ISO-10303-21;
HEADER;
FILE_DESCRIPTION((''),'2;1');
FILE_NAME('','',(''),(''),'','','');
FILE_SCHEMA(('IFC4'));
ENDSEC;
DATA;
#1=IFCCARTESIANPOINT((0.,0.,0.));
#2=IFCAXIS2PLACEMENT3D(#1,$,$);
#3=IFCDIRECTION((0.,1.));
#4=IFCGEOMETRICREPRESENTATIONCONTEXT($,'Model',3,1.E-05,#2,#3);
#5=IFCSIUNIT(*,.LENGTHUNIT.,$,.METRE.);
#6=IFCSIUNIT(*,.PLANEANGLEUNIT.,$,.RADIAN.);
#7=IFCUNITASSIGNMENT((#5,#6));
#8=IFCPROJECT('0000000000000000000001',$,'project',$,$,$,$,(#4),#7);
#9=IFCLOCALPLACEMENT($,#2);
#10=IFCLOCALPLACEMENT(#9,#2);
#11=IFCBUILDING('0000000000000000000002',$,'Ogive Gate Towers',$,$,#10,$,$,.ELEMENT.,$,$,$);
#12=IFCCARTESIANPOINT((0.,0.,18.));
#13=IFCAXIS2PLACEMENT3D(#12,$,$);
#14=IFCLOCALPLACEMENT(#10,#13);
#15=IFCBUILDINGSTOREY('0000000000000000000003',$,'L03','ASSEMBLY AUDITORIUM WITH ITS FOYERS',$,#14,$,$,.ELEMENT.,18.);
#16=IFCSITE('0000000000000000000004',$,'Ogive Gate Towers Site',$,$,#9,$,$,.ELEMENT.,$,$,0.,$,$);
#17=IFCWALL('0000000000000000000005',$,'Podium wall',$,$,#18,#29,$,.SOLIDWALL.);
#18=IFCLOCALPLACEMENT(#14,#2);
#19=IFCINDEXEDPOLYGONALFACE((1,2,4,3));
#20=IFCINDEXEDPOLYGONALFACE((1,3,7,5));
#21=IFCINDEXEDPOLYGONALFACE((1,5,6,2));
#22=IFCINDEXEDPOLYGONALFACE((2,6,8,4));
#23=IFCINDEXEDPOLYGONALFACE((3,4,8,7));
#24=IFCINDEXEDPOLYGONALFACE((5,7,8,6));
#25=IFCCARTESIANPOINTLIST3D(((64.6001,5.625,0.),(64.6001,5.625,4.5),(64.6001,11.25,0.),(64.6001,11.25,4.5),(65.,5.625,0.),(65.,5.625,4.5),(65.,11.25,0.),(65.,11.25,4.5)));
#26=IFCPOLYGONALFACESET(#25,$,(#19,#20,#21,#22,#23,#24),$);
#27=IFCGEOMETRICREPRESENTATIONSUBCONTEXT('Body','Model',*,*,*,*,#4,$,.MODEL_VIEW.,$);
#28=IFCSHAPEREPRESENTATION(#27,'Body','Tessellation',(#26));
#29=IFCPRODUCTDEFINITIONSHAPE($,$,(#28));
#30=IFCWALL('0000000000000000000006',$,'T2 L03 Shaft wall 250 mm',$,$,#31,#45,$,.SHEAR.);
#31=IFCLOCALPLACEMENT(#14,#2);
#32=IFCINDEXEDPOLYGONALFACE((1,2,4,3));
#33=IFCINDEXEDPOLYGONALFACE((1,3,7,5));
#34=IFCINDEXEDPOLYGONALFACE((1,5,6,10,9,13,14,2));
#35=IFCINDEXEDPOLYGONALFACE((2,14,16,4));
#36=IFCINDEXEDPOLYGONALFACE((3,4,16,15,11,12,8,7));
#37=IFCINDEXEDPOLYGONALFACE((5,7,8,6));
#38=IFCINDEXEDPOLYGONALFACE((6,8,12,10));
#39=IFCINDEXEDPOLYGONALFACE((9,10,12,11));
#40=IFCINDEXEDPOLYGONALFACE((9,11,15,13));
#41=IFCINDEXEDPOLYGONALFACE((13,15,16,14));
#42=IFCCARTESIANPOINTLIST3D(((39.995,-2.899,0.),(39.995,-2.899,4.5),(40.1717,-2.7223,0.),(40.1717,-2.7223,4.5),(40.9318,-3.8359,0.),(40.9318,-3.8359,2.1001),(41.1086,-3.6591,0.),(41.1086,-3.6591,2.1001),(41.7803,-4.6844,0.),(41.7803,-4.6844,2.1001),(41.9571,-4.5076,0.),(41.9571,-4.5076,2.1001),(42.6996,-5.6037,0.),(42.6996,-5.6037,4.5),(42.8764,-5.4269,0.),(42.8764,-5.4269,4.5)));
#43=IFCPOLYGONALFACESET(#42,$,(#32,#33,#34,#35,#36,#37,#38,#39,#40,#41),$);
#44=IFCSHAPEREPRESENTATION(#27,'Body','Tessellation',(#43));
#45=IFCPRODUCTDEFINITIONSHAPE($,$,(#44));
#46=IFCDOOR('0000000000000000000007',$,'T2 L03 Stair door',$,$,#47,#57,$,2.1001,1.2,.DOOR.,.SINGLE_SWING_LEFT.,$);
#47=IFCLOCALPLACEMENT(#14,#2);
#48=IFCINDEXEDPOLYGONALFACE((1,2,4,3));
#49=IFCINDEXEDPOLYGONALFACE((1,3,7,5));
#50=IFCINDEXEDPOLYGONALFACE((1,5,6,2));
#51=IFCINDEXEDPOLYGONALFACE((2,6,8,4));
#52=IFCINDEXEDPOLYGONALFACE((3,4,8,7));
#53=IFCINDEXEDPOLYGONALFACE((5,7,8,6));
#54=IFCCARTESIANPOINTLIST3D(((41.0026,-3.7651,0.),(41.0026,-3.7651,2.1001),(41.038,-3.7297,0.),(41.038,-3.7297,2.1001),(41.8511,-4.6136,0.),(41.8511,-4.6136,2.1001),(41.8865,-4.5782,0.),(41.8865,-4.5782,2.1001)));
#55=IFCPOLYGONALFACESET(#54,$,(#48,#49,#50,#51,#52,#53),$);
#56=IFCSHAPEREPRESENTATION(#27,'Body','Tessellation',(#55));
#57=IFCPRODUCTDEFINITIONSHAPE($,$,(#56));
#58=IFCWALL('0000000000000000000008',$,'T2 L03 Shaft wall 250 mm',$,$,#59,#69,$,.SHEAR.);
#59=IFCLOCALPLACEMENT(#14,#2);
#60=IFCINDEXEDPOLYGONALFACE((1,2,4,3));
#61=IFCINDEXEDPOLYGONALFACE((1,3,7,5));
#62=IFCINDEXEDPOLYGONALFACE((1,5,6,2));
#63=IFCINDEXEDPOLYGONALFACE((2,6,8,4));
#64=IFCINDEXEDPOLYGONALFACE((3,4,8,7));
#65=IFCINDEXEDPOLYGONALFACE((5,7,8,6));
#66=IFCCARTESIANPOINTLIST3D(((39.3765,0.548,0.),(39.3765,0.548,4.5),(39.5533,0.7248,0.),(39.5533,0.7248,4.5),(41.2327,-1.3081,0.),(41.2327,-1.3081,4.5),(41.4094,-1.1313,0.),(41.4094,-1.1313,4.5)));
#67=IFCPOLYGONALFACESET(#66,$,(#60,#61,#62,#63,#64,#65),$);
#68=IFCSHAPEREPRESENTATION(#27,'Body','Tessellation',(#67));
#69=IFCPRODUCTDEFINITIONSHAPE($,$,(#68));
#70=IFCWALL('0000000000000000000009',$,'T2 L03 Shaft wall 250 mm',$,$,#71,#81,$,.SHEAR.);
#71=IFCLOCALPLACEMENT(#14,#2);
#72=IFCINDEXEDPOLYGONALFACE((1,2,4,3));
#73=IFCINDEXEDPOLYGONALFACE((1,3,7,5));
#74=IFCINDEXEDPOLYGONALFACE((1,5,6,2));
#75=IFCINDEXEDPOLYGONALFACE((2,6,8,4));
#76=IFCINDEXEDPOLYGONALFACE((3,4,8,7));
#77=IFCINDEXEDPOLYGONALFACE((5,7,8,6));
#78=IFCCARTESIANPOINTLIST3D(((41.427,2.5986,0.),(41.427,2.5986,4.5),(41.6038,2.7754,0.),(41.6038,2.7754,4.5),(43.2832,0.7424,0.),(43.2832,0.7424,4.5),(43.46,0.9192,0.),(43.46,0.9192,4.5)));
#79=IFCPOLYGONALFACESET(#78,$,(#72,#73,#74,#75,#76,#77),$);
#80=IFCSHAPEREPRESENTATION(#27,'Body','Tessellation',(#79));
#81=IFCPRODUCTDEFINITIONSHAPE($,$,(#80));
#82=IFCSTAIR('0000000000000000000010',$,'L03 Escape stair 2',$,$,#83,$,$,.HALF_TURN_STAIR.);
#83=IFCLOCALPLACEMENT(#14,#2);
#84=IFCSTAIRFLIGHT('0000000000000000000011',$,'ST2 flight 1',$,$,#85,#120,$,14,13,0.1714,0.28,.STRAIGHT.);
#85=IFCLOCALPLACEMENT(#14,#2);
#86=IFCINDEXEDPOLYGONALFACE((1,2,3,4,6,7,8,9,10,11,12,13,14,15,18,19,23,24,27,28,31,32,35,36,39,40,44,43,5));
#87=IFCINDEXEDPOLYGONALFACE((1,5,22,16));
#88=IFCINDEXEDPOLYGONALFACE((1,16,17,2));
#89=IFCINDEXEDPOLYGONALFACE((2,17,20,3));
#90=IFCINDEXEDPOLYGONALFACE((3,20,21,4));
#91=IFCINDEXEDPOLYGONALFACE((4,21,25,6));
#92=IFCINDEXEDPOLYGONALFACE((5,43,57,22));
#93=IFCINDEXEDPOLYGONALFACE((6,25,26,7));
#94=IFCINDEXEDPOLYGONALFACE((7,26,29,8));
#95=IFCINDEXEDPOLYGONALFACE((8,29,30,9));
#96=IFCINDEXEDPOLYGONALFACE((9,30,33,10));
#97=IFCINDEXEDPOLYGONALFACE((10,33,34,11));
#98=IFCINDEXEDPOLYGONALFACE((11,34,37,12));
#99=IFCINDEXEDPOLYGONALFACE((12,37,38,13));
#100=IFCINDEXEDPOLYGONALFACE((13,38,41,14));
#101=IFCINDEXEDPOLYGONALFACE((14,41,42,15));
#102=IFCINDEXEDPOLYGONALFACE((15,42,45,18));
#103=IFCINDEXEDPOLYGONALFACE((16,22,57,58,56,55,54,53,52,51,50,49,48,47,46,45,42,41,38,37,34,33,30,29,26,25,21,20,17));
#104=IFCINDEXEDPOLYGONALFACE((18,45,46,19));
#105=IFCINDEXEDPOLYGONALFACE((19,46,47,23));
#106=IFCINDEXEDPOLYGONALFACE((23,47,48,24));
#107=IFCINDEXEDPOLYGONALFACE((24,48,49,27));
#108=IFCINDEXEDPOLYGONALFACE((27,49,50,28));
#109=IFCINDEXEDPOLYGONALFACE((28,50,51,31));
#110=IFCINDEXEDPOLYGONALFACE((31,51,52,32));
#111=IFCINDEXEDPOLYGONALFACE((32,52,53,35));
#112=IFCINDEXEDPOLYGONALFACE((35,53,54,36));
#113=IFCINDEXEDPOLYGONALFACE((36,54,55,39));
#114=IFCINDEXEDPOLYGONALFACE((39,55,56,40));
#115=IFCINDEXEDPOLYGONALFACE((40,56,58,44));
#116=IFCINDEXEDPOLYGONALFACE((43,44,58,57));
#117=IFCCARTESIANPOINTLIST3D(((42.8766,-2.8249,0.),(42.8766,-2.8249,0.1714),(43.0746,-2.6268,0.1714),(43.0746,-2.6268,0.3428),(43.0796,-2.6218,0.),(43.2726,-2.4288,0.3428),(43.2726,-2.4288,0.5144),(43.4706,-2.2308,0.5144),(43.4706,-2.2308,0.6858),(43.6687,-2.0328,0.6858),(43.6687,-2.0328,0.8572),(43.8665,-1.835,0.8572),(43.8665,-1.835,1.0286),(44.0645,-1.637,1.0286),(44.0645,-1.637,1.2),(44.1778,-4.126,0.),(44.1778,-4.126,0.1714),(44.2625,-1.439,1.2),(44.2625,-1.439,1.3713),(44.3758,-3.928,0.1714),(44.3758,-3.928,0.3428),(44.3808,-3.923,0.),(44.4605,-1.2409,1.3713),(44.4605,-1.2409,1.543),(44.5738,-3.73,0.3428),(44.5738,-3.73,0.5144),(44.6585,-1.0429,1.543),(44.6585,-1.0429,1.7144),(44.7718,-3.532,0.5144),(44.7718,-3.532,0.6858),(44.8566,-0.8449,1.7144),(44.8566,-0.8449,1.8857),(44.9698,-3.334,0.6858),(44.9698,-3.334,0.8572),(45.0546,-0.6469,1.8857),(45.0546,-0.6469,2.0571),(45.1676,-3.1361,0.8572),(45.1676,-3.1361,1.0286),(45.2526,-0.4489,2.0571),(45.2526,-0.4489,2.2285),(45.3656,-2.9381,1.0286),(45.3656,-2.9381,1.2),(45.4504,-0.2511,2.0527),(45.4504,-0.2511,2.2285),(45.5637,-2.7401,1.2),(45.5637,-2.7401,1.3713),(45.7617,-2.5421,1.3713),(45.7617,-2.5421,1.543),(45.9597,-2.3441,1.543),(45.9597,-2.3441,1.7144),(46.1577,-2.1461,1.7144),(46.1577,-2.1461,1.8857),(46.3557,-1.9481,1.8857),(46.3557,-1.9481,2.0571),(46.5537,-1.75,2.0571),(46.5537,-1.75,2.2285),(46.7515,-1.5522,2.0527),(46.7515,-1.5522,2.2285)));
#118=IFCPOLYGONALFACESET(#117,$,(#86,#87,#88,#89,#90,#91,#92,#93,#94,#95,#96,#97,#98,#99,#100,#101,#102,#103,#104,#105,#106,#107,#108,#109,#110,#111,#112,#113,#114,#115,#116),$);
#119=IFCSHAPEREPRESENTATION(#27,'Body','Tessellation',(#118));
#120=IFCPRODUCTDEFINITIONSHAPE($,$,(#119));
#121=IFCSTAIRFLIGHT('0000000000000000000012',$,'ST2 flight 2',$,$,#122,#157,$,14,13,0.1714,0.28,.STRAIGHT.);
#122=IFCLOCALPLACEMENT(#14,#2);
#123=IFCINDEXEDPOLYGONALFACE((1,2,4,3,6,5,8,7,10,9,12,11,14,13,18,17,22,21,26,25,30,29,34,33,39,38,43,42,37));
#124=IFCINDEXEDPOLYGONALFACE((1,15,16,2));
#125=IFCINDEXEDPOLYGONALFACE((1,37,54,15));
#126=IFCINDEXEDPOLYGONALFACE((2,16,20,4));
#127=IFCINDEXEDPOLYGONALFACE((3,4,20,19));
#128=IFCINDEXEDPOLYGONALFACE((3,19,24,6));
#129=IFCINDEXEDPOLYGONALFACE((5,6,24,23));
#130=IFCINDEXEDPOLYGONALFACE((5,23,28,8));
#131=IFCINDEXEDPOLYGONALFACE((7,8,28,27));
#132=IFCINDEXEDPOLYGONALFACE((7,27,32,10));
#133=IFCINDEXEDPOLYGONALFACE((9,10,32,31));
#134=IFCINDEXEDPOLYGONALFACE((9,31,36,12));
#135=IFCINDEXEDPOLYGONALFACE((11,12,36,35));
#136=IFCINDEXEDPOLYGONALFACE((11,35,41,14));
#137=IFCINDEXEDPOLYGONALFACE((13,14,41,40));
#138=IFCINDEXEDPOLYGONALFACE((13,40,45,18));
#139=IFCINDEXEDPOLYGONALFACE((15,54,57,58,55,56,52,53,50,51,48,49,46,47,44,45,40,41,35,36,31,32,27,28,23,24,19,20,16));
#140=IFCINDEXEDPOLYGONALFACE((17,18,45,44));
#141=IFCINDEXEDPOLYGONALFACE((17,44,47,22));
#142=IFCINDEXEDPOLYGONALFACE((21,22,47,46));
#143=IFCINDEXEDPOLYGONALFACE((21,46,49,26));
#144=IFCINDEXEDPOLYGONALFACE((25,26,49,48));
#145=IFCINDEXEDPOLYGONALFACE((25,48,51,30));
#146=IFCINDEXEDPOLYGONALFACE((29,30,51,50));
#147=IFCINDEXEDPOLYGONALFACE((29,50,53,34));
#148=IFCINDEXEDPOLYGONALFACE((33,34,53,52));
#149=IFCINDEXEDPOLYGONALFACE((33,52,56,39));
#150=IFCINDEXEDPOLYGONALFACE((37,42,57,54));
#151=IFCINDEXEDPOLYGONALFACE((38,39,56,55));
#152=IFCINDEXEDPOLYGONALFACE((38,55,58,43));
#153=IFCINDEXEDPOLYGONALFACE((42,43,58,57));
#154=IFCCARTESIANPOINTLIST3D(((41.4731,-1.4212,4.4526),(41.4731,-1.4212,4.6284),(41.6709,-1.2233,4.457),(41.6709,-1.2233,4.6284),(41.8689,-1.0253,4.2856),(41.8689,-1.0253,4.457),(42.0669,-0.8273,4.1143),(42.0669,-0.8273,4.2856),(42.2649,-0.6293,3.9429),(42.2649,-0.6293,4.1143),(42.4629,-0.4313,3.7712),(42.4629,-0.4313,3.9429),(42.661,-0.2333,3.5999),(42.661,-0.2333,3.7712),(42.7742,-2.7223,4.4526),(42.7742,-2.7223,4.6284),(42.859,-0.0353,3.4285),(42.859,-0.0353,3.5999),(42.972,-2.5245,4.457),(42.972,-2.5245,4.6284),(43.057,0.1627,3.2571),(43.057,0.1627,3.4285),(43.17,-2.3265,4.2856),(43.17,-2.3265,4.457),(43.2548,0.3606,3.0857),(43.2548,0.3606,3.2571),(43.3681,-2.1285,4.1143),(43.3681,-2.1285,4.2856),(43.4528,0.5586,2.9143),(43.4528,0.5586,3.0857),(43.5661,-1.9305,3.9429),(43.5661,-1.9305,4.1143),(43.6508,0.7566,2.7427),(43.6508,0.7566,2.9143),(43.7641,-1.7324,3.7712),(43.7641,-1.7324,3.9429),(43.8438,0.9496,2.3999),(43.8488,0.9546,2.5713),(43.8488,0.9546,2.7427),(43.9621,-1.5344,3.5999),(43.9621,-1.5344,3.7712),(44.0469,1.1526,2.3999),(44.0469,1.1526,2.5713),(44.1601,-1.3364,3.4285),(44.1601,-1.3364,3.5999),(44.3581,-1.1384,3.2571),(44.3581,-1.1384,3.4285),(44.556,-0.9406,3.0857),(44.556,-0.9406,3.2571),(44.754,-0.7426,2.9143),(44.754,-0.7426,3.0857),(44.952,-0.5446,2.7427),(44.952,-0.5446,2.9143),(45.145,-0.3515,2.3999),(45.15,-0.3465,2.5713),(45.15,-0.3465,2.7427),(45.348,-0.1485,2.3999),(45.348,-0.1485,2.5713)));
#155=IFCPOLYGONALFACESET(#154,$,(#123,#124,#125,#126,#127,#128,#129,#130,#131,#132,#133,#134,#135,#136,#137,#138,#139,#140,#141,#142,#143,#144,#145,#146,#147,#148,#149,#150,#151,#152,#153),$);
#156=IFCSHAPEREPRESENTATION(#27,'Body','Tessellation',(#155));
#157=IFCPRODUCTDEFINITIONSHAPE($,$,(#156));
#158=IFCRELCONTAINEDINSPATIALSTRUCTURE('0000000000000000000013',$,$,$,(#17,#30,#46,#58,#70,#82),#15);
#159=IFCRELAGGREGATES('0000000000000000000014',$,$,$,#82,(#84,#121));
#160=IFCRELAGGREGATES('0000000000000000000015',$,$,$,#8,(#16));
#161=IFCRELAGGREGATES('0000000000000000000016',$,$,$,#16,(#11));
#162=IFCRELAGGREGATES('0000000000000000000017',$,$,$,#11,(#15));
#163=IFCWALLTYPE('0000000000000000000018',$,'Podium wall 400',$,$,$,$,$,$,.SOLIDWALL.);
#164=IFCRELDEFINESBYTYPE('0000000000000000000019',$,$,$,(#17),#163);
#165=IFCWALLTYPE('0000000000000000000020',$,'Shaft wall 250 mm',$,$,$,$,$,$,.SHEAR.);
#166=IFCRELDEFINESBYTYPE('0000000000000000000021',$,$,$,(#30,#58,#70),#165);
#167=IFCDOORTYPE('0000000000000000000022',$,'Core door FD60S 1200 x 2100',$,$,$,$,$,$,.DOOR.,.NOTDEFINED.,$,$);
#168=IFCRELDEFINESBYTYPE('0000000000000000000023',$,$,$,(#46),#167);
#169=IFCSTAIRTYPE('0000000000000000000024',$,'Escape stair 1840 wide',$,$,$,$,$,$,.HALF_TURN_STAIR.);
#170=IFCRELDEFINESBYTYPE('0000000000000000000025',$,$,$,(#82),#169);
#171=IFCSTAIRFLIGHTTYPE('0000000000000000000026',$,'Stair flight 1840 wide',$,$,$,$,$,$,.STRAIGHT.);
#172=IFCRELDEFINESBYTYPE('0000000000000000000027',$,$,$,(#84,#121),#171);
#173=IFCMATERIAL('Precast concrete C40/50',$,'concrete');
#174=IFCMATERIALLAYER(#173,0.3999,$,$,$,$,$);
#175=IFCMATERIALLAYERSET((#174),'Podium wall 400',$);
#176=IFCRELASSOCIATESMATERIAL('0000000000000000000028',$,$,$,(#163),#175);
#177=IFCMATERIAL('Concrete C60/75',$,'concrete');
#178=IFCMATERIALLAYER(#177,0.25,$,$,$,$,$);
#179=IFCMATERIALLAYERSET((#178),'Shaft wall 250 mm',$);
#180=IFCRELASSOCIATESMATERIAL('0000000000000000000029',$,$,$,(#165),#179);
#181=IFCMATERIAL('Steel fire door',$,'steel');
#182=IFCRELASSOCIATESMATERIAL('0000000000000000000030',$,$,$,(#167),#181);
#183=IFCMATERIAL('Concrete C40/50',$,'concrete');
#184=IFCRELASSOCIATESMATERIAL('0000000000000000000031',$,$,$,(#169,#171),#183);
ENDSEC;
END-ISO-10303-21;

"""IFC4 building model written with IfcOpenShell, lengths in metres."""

from ifc_helpers import new_model, si_unit, direction, frame, frame_2d, origin, place, context, subcontext, project, spatial, polyline, rectangle, outline, extrude, material, layer, layer_set, type_object, element, fill, aggregate, save


model = new_model("IFC4")

# Units and contexts
model_context = context("Model", 3, precision=1e-05, world=origin(), true_north=direction((0.0, 1.0)))
body_context = subcontext(model_context, "Body", "Model", "MODEL_VIEW")
ifc_project = project(units=[si_unit("LENGTHUNIT", "METRE"), si_unit("PLANEANGLEUNIT", "RADIAN")], contexts=[model_context])

# Site, building, storey
site_placement = place(None, origin())
site = spatial("IfcSite", under=ifc_project, at=site_placement, Name="Ogive Gate Towers Site", CompositionType="ELEMENT", RefElevation=0.0)
building_placement = place(site_placement, origin())
building = spatial("IfcBuilding", under=site, at=building_placement, Name="Ogive Gate Towers", CompositionType="ELEMENT")
storey_placement = place(building_placement, frame((0.0, 0.0, 18.0)))
storey = spatial("IfcBuildingStorey", under=building, at=storey_placement, Name="L03", Description="ASSEMBLY AUDITORIUM WITH ITS FOYERS", CompositionType="ELEMENT", Elevation=18.0)

# Shared definitions
ifc_material_1 = material(Name="Concrete C40/50", Category="concrete")

# Shared definitions
ifc_material_2 = material(Name="Concrete C60/75", Category="concrete")
ifc_material_3 = material(Name="Steel fire door", Category="steel")

# Shared definitions
ifc_material_4 = material(Name="Precast concrete C40/50", Category="concrete")
ifc_layer_1 = layer(ifc_material_4, 0.3999)
ifc_layer_set_1 = layer_set([ifc_layer_1], Name="Podium wall 400")
wall_type_1 = type_object("IfcWallType", Name="Podium wall 400", PredefinedType="SOLIDWALL", material=ifc_layer_set_1)

# Wall
wall_1_placement = place(storey_placement, frame((64.8, 5.625, 0.0), z_axis=(0.0, 0.0, 1.0), x_axis=(0.0, 1.0, 0.0)))
element("IfcWall", 1, at=wall_1_placement, inside=storey, type_object=wall_type_1, Name="Podium wall", PredefinedType="SOLIDWALL", context=body_context, shape_type="SweptSolid", body=[
    extrude(rectangle(XDim=5.625, YDim=0.3999, at=frame_2d((2.8125, 0.0))), origin(), (0.0, 0.0, 1.0), 4.5),
])

# Wall, opening, door
ifc_layer_2 = layer(ifc_material_2, 0.25)
ifc_layer_set_2 = layer_set([ifc_layer_2], Name="Shaft wall 250 mm")
wall_type_2 = type_object("IfcWallType", Name="Shaft wall 250 mm", PredefinedType="SHEAR", material=ifc_layer_set_2)
wall_2_placement = place(storey_placement, frame((42.7881, -5.5154, 0.0), z_axis=(0.0, 0.0, 1.0), x_axis=(-0.707107, 0.707107, 0.0)))
wall_2 = element("IfcWall", 2, at=wall_2_placement, inside=storey, type_object=wall_type_2, Name="T2 L03 Shaft wall 250 mm", PredefinedType="SHEAR", context=body_context, shape_type="SweptSolid", body=[
    extrude(rectangle(XDim=3.825, YDim=0.25, at=frame_2d((1.9126, 0.0))), origin(), (0.0, 0.0, 1.0), 4.5),
])
opening_1_placement = place(wall_2_placement, frame((1.3, 0.0, 0.0)))
opening_1 = element("IfcOpeningElement", 3, at=opening_1_placement, cuts=wall_2, PredefinedType="OPENING", context=body_context, shape_type="SweptSolid", body=[
    extrude(rectangle(XDim=1.2, YDim=2.1001, at=frame_2d((0.6001, 1.05))), frame((0.0, 0.135, 0.0), z_axis=(0.0, -1.0, 0.0), x_axis=(1.0, 0.0, 0.0)), (0.0, 0.0, 1.0), 0.27),
])
door_type_1 = type_object("IfcDoorType", Name="Core door FD60S 1200 x 2100", OperationType="NOTDEFINED", PredefinedType="DOOR", material=ifc_material_3)
door_1_placement = place(opening_1_placement, origin())
door_1 = element("IfcDoor", 4, at=door_1_placement, inside=storey, type_object=door_type_1, Name="T2 L03 Stair door", OperationType="SINGLE_SWING_LEFT", OverallHeight=2.1001, OverallWidth=1.2, PredefinedType="DOOR", context=body_context, shape_type="SweptSolid", body=[
    extrude(rectangle(XDim=1.2, YDim=2.1001, at=frame_2d((0.6001, 1.05))), frame((0.0, 0.0249, 0.0), z_axis=(0.0, -1.0, 0.0), x_axis=(1.0, 0.0, 0.0)), (0.0, 0.0, 1.0), 0.05),
])
fill(opening_1, door_1)

# Walls
for number, where, z_axis, x_axis, name in (
    (5, (41.321, -1.2197, 0.0), (0.0, 0.0, 1.0), (-0.707107, 0.707107, 0.0), "T2 L03 Shaft wall 250 mm"),
    (6, (43.3716, 0.8308, 0.0), (0.0, 0.0, 1.0), (-0.707107, 0.707107, 0.0), "T2 L03 Shaft wall 250 mm"),
):
    element("IfcWall", number, at=place(storey_placement, frame(where, z_axis=z_axis, x_axis=x_axis)), inside=storey, type_object=wall_type_2, Name=name, PredefinedType="SHEAR", context=body_context, shape_type="SweptSolid", body=[
        extrude(rectangle(XDim=2.625, YDim=0.25, at=frame_2d((1.3125, 0.0))), origin(), (0.0, 0.0, 1.0), 4.5),
    ])

# Stair, stair flights
stair_type = type_object("IfcStairType", Name="Escape stair 1840 wide", PredefinedType="HALF_TURN_STAIR", material=ifc_material_1)
stair_placement = place(storey_placement, origin())
stair = element("IfcStair", 7, at=stair_placement, inside=storey, type_object=stair_type, Name="L03 Escape stair 2", PredefinedType="HALF_TURN_STAIR")
stair_flight_type = type_object("IfcStairFlightType", Name="Stair flight 1840 wide", PredefinedType="STRAIGHT", material=ifc_material_1)
stair_flight_1_placement = place(storey_placement, frame((43.5271, -3.4753, 0.0), z_axis=(0.0, 0.0, 1.0), x_axis=(0.707107, 0.707107, 0.0)))
stair_flight_1 = element("IfcStairFlight", 8, at=stair_flight_1_placement, type_object=stair_flight_type, Name="ST2 flight 1", NumberOfRisers=14, NumberOfTreads=13, PredefinedType="STRAIGHT", RiserHeight=0.1714, TreadLength=0.28, context=body_context, shape_type="SweptSolid", body=[
    extrude(outline(polyline([(0.0, 0.0), (0.0, 0.1714), (0.28, 0.1714), (0.28, 0.3428), (0.5601, 0.3428), (0.5601, 0.5144), (0.8401, 0.5144), (0.8401, 0.6858), (1.1201, 0.6858), (1.1201, 0.8572), (1.3999, 0.8572), (1.3999, 1.0286), (1.6799, 1.0286), (1.6799, 1.2), (1.96, 1.2), (1.96, 1.3713), (2.24, 1.3713), (2.24, 1.543), (2.52, 1.543), (2.52, 1.7144), (2.8, 1.7144), (2.8, 1.8857), (3.0801, 1.8857), (3.0801, 2.0571), (3.3601, 2.0571), (3.3601, 2.2285), (3.6399, 2.2285), (3.6399, 2.3999), (3.6399, 2.0527), (0.2871, 0.0), (0.0, 0.0)])), frame((0.0, 0.9199, 0.0), z_axis=(0.0, -1.0, 0.0), x_axis=(1.0, 0.0, 0.0)), (0.0, 0.0, 1.0), 1.8401),
])
stair_flight_2_placement = place(storey_placement, frame((44.6975, 0.502, 2.3999), z_axis=(0.0, 0.0, 1.0), x_axis=(-0.707107, -0.707107, 0.0)))
stair_flight_2 = element("IfcStairFlight", 9, at=stair_flight_2_placement, type_object=stair_flight_type, Name="ST2 flight 2", NumberOfRisers=14, NumberOfTreads=13, PredefinedType="STRAIGHT", RiserHeight=0.1714, TreadLength=0.28, context=body_context, shape_type="SweptSolid", body=[
    extrude(outline(polyline([(0.0, 0.0), (0.0, 0.1714), (0.28, 0.1714), (0.28, 0.3428), (0.5601, 0.3428), (0.5601, 0.5144), (0.8401, 0.5144), (0.8401, 0.6858), (1.1201, 0.6858), (1.1201, 0.8572), (1.3999, 0.8572), (1.3999, 1.0286), (1.6799, 1.0286), (1.6799, 1.2), (1.96, 1.2), (1.96, 1.3713), (2.24, 1.3713), (2.24, 1.543), (2.52, 1.543), (2.52, 1.7144), (2.8, 1.7144), (2.8, 1.8857), (3.0801, 1.8857), (3.0801, 2.0571), (3.3601, 2.0571), (3.3601, 2.2285), (3.6399, 2.2285), (3.6399, 2.3999), (3.6399, 2.0527), (0.2871, 0.0), (0.0, 0.0)])), frame((0.0, 0.9199, 0.0), z_axis=(0.0, -1.0, 0.0), x_axis=(1.0, 0.0, 0.0)), (0.0, 0.0, 1.0), 1.8401),
])
aggregate(stair, [stair_flight_1, stair_flight_2])

save(model, "model.ifc")
